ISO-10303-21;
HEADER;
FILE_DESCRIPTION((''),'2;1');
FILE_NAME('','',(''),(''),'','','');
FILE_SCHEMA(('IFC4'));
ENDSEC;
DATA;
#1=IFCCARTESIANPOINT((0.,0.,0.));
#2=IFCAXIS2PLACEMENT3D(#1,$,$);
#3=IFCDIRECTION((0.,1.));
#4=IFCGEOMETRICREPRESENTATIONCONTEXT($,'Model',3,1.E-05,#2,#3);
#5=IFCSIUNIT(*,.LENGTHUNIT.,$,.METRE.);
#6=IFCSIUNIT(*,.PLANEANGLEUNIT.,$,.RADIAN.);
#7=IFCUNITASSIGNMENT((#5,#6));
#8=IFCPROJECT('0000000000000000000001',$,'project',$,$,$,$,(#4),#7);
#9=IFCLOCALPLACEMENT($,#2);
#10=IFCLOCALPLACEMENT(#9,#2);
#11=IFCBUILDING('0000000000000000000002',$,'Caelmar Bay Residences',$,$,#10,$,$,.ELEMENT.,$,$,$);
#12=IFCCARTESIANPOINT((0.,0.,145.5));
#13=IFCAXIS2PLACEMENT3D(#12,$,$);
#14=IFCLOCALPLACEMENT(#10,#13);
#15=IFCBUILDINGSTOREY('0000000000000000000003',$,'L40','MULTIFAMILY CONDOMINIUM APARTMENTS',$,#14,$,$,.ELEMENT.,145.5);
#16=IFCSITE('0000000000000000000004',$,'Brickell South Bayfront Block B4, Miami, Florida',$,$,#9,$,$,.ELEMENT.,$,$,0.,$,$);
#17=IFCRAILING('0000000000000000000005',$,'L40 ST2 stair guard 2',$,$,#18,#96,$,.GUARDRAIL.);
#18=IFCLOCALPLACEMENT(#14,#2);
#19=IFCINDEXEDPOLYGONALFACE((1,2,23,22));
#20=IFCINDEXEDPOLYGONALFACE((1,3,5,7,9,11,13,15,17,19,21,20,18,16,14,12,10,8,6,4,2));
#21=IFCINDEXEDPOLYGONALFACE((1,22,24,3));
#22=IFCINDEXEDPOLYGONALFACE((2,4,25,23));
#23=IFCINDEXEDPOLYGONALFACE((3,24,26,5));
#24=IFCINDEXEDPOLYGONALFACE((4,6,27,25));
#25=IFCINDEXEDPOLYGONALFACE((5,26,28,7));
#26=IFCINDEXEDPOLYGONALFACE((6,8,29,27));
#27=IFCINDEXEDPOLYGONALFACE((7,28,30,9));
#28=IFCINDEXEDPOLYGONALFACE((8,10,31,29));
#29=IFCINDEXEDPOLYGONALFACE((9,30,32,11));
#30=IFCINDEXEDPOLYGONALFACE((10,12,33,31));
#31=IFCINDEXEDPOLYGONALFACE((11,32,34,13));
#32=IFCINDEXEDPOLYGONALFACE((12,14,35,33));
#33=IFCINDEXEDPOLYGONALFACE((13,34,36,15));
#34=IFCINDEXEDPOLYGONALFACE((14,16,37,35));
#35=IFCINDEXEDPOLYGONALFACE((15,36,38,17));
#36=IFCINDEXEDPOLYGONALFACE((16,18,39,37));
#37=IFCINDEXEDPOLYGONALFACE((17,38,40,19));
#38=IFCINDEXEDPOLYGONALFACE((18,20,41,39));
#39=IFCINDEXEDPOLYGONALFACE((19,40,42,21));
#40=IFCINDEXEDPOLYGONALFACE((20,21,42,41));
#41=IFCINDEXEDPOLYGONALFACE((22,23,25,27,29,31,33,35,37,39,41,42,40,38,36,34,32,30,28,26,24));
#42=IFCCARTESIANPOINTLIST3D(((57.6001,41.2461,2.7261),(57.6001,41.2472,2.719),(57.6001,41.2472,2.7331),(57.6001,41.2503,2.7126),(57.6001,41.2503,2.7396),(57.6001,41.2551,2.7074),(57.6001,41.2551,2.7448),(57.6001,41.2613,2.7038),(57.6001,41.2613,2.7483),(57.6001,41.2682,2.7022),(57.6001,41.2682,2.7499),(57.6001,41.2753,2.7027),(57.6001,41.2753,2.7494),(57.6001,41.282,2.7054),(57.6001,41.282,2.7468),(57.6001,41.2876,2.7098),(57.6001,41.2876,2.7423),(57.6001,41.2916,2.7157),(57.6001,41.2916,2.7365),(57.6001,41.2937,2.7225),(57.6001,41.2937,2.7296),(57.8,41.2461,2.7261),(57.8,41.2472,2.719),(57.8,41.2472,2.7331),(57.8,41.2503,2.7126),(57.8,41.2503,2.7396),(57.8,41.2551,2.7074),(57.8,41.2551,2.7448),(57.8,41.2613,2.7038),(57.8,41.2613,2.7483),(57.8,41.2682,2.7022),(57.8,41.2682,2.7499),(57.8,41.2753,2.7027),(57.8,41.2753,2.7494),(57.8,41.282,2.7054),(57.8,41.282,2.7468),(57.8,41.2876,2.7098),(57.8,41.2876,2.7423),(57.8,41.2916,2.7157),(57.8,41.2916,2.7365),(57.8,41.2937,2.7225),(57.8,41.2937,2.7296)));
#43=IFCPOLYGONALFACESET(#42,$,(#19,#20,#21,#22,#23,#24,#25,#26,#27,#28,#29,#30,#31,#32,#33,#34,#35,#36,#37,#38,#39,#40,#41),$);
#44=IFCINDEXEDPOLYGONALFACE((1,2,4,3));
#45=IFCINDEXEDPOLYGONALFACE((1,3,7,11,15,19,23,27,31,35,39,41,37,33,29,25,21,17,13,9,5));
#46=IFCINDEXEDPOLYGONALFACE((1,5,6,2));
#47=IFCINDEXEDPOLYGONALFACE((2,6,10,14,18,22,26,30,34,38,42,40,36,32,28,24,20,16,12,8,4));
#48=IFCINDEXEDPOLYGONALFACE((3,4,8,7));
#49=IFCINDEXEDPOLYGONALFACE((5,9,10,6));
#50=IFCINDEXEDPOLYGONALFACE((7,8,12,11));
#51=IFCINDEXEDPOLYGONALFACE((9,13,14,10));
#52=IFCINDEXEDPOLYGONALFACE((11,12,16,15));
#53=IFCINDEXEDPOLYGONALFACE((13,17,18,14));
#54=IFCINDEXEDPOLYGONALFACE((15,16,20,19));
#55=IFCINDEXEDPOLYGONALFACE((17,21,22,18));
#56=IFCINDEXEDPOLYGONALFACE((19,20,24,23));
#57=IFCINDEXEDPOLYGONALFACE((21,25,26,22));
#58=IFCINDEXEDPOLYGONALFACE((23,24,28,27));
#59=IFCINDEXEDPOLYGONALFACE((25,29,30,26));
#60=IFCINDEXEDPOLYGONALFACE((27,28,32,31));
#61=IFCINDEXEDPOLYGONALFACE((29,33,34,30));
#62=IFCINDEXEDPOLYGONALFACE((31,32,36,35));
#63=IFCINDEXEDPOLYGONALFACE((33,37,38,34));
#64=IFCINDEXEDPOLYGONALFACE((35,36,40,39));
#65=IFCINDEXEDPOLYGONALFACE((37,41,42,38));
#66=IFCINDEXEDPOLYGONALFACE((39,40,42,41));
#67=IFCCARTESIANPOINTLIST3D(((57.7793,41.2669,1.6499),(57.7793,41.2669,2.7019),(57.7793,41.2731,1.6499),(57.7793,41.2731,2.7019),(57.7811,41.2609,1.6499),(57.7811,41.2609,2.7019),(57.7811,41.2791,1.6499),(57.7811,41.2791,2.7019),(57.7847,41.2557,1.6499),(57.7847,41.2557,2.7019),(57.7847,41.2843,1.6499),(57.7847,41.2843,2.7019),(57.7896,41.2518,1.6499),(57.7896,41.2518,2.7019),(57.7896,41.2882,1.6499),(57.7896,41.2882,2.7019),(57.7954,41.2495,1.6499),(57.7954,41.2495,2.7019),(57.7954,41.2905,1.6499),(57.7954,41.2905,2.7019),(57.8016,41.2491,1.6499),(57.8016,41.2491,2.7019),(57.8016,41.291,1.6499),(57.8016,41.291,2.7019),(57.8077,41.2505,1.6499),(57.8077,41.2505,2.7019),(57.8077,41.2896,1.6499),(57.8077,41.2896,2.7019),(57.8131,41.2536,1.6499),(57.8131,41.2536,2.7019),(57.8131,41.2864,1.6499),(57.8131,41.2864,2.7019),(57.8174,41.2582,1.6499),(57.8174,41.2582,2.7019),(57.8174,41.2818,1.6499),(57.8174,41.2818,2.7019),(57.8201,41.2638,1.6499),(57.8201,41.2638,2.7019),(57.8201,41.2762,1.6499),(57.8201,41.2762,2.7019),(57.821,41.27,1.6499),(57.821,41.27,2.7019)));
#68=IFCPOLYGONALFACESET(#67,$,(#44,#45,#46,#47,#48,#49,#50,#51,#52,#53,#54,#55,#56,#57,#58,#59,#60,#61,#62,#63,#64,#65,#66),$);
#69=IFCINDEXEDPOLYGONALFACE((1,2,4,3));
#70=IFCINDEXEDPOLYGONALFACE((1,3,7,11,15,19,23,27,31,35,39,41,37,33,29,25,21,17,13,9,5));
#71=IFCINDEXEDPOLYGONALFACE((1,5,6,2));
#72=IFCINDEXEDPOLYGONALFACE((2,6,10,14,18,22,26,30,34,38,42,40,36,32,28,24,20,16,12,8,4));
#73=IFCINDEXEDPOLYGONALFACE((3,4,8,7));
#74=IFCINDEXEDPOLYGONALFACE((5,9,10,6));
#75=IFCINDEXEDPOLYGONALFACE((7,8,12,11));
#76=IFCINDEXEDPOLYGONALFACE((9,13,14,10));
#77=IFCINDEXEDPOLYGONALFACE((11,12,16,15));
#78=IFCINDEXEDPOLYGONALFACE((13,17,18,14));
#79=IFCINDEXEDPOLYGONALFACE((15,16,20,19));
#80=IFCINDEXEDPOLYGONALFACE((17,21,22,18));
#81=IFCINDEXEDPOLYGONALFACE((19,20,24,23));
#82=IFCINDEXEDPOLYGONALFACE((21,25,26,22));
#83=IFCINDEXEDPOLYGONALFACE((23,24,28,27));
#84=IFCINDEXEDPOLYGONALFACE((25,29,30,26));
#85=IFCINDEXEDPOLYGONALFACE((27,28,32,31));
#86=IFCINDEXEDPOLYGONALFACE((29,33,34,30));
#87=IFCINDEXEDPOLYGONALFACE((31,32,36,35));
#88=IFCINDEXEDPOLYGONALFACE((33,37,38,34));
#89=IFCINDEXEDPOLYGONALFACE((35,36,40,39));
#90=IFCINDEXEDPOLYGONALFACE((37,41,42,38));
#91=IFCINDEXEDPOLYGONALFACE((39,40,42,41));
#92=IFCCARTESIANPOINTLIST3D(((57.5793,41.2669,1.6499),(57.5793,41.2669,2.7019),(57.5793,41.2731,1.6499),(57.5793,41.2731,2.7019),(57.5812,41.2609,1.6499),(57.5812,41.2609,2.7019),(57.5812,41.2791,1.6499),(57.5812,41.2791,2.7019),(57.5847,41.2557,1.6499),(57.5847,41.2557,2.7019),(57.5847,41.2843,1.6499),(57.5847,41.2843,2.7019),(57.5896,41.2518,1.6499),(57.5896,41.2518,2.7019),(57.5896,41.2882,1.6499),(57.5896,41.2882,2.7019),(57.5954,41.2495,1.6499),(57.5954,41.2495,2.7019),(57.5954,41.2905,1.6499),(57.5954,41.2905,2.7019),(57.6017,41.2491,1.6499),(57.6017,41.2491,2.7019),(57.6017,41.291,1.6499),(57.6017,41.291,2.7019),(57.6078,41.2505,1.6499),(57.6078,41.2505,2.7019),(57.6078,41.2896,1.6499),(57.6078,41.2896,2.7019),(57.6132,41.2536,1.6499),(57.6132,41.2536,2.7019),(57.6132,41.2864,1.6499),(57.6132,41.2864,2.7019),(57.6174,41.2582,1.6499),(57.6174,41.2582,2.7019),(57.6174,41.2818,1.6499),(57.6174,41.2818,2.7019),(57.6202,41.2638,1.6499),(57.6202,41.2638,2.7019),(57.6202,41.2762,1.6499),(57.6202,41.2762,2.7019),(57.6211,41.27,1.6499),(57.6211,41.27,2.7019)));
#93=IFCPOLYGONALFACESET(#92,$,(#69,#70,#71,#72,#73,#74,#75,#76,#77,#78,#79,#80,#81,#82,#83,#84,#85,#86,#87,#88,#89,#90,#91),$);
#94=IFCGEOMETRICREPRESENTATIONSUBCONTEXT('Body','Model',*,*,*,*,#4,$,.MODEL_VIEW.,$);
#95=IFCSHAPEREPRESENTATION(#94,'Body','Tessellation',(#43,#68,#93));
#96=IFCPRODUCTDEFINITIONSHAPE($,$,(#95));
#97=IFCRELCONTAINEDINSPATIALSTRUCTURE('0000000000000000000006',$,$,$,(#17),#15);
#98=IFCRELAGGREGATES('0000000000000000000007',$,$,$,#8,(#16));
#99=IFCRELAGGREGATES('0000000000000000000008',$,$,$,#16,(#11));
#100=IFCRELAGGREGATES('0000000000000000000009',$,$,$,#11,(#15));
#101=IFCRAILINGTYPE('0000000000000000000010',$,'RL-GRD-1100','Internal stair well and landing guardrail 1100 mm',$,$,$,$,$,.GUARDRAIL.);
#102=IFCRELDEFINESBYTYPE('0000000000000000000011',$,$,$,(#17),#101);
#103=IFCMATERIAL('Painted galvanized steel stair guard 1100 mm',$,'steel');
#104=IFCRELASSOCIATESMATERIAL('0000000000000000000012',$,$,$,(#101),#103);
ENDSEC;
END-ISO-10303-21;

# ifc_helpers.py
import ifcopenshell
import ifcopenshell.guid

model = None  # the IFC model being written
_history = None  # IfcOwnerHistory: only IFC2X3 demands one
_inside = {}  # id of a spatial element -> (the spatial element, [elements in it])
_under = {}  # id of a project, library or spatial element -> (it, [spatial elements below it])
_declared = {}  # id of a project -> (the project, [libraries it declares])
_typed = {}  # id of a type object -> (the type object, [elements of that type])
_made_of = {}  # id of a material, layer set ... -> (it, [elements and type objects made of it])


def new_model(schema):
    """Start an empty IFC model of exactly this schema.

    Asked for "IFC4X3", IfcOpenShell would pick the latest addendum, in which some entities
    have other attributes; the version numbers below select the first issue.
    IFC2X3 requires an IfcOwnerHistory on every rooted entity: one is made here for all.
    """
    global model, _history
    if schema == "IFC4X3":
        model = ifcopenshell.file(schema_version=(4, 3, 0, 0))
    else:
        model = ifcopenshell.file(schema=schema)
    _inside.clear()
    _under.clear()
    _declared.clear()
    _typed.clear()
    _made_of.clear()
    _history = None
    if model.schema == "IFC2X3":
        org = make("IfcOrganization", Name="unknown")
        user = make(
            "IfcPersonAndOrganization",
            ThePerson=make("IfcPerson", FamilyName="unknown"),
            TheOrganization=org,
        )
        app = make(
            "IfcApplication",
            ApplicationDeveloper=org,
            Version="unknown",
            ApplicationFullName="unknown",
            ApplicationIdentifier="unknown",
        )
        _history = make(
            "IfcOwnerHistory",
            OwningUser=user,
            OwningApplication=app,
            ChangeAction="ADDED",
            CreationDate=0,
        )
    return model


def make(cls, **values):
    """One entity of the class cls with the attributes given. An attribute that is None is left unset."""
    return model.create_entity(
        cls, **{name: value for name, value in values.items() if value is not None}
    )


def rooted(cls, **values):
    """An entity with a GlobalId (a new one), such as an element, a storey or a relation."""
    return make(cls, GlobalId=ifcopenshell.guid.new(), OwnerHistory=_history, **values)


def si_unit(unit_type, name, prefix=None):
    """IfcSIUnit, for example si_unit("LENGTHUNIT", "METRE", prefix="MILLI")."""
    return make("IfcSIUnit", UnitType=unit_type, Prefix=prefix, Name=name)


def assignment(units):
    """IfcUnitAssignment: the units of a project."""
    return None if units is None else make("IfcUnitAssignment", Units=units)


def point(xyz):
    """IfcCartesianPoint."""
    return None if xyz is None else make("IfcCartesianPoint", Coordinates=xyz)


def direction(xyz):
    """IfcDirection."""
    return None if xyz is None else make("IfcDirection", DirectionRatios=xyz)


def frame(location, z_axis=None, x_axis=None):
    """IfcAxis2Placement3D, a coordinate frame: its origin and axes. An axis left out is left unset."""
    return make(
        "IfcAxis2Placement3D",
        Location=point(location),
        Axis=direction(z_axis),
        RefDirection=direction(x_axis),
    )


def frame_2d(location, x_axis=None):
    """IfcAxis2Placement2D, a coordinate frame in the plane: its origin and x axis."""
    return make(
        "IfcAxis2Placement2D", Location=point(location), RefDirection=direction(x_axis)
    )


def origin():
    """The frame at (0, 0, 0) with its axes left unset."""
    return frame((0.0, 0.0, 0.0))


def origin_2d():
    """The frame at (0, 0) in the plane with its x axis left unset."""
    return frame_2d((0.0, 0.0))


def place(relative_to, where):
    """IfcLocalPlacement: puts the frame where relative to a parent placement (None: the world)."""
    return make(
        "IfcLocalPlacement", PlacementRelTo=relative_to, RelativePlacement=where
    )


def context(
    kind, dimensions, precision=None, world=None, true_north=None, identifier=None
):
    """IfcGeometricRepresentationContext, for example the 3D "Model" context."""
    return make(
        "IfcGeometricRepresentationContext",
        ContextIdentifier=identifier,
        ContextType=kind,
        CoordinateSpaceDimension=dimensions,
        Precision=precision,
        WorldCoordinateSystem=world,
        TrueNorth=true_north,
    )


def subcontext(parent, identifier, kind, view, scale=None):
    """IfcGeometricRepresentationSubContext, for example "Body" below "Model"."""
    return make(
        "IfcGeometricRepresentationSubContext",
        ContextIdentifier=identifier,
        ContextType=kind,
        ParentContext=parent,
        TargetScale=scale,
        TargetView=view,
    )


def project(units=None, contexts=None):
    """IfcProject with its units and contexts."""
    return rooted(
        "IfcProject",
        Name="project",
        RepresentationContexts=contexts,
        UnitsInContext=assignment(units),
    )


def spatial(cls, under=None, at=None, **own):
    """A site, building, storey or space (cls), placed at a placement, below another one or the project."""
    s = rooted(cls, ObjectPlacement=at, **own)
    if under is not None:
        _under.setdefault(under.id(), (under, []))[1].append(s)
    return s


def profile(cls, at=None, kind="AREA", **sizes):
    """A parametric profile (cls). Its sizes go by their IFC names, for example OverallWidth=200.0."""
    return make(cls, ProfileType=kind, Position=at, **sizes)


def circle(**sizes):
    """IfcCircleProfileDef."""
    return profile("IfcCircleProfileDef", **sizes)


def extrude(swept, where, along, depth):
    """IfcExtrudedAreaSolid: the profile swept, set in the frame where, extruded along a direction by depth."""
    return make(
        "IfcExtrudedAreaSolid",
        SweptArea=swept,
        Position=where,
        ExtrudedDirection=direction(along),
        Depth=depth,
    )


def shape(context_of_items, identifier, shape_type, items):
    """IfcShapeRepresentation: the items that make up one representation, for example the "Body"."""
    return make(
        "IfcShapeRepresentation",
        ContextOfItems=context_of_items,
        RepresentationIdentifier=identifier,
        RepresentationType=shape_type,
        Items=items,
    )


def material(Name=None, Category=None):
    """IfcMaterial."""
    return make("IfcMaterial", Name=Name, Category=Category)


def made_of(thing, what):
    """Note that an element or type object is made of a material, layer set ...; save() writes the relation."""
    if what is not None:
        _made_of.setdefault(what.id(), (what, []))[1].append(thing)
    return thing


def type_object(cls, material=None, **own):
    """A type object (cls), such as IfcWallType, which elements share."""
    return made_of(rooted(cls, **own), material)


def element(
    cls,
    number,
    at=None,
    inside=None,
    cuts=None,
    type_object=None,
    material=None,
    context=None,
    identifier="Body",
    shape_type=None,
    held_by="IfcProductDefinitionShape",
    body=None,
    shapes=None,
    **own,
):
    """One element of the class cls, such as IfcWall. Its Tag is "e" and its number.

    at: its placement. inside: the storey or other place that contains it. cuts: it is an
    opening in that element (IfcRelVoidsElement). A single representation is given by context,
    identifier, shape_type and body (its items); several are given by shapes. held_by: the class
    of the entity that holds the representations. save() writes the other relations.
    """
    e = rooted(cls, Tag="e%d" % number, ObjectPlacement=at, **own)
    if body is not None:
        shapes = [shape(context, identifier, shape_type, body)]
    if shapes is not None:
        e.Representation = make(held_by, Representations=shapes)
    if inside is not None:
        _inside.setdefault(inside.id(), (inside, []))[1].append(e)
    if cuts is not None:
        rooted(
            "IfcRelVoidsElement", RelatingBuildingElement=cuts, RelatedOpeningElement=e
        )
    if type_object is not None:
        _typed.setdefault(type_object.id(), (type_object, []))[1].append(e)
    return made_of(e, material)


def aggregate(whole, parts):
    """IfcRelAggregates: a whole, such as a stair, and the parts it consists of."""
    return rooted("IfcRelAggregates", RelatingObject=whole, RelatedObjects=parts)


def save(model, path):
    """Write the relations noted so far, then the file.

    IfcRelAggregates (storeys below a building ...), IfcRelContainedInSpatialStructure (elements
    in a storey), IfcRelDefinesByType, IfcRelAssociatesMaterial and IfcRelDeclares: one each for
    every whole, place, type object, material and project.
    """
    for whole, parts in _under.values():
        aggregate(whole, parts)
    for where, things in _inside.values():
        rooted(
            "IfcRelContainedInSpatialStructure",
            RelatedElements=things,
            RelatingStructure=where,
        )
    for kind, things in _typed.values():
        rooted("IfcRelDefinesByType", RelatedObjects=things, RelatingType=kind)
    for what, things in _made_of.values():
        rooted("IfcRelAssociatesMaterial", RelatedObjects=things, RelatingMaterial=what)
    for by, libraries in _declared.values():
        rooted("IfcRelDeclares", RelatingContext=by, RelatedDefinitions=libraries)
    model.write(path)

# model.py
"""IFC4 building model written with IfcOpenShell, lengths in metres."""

from ifc_helpers import new_model, si_unit, direction, frame, origin, origin_2d, place, context, subcontext, project, spatial, circle, extrude, material, type_object, element, save


model = new_model("IFC4")

# Units and contexts
model_context = context("Model", 3, precision=1e-05, world=origin(), true_north=direction((0.0, 1.0)))
body_context = subcontext(model_context, "Body", "Model", "MODEL_VIEW")
ifc_project = project(units=[si_unit("LENGTHUNIT", "METRE"), si_unit("PLANEANGLEUNIT", "RADIAN")], contexts=[model_context])

# Site, building, storey
site_placement = place(None, origin())
site = spatial("IfcSite", under=ifc_project, at=site_placement, Name="Brickell South Bayfront Block B4, Miami, Florida", CompositionType="ELEMENT", RefElevation=0.0)
building_placement = place(site_placement, origin())
building = spatial("IfcBuilding", under=site, at=building_placement, Name="Caelmar Bay Residences", CompositionType="ELEMENT")
storey_placement = place(building_placement, frame((0.0, 0.0, 145.5)))
storey = spatial("IfcBuildingStorey", under=building, at=storey_placement, Name="L40", Description="MULTIFAMILY CONDOMINIUM APARTMENTS", CompositionType="ELEMENT", Elevation=145.5)

# Railing
ifc_material_1 = material(Name="Painted galvanized steel stair guard 1100 mm", Category="steel")
railing_type_1 = type_object("IfcRailingType", Name="RL-GRD-1100", Description="Internal stair well and landing guardrail 1100 mm", PredefinedType="GUARDRAIL", material=ifc_material_1)
railing_1_placement = place(storey_placement, frame((57.8, 41.27, 1.6499)))
element("IfcRailing", 1, at=railing_1_placement, inside=storey, type_object=railing_type_1, Name="L40 ST2 stair guard 2", PredefinedType="GUARDRAIL", context=body_context, shape_type="SweptSolid", body=[
    extrude(circle(Radius=0.0239, at=origin_2d()), frame((0.0, 0.0, 1.0762), z_axis=(-1.0, 0.0, 0.0), x_axis=(0.0, -1.0, 0.0)), (0.0, 0.0, 1.0), 0.2),
    extrude(circle(Radius=0.021, at=origin_2d()), origin(), (0.0, 0.0, 1.0), 1.052),
    extrude(circle(Radius=0.021, at=origin_2d()), frame((-0.2, 0.0, 0.0)), (0.0, 0.0, 1.0), 1.052),
])

save(model, "model.ifc")
